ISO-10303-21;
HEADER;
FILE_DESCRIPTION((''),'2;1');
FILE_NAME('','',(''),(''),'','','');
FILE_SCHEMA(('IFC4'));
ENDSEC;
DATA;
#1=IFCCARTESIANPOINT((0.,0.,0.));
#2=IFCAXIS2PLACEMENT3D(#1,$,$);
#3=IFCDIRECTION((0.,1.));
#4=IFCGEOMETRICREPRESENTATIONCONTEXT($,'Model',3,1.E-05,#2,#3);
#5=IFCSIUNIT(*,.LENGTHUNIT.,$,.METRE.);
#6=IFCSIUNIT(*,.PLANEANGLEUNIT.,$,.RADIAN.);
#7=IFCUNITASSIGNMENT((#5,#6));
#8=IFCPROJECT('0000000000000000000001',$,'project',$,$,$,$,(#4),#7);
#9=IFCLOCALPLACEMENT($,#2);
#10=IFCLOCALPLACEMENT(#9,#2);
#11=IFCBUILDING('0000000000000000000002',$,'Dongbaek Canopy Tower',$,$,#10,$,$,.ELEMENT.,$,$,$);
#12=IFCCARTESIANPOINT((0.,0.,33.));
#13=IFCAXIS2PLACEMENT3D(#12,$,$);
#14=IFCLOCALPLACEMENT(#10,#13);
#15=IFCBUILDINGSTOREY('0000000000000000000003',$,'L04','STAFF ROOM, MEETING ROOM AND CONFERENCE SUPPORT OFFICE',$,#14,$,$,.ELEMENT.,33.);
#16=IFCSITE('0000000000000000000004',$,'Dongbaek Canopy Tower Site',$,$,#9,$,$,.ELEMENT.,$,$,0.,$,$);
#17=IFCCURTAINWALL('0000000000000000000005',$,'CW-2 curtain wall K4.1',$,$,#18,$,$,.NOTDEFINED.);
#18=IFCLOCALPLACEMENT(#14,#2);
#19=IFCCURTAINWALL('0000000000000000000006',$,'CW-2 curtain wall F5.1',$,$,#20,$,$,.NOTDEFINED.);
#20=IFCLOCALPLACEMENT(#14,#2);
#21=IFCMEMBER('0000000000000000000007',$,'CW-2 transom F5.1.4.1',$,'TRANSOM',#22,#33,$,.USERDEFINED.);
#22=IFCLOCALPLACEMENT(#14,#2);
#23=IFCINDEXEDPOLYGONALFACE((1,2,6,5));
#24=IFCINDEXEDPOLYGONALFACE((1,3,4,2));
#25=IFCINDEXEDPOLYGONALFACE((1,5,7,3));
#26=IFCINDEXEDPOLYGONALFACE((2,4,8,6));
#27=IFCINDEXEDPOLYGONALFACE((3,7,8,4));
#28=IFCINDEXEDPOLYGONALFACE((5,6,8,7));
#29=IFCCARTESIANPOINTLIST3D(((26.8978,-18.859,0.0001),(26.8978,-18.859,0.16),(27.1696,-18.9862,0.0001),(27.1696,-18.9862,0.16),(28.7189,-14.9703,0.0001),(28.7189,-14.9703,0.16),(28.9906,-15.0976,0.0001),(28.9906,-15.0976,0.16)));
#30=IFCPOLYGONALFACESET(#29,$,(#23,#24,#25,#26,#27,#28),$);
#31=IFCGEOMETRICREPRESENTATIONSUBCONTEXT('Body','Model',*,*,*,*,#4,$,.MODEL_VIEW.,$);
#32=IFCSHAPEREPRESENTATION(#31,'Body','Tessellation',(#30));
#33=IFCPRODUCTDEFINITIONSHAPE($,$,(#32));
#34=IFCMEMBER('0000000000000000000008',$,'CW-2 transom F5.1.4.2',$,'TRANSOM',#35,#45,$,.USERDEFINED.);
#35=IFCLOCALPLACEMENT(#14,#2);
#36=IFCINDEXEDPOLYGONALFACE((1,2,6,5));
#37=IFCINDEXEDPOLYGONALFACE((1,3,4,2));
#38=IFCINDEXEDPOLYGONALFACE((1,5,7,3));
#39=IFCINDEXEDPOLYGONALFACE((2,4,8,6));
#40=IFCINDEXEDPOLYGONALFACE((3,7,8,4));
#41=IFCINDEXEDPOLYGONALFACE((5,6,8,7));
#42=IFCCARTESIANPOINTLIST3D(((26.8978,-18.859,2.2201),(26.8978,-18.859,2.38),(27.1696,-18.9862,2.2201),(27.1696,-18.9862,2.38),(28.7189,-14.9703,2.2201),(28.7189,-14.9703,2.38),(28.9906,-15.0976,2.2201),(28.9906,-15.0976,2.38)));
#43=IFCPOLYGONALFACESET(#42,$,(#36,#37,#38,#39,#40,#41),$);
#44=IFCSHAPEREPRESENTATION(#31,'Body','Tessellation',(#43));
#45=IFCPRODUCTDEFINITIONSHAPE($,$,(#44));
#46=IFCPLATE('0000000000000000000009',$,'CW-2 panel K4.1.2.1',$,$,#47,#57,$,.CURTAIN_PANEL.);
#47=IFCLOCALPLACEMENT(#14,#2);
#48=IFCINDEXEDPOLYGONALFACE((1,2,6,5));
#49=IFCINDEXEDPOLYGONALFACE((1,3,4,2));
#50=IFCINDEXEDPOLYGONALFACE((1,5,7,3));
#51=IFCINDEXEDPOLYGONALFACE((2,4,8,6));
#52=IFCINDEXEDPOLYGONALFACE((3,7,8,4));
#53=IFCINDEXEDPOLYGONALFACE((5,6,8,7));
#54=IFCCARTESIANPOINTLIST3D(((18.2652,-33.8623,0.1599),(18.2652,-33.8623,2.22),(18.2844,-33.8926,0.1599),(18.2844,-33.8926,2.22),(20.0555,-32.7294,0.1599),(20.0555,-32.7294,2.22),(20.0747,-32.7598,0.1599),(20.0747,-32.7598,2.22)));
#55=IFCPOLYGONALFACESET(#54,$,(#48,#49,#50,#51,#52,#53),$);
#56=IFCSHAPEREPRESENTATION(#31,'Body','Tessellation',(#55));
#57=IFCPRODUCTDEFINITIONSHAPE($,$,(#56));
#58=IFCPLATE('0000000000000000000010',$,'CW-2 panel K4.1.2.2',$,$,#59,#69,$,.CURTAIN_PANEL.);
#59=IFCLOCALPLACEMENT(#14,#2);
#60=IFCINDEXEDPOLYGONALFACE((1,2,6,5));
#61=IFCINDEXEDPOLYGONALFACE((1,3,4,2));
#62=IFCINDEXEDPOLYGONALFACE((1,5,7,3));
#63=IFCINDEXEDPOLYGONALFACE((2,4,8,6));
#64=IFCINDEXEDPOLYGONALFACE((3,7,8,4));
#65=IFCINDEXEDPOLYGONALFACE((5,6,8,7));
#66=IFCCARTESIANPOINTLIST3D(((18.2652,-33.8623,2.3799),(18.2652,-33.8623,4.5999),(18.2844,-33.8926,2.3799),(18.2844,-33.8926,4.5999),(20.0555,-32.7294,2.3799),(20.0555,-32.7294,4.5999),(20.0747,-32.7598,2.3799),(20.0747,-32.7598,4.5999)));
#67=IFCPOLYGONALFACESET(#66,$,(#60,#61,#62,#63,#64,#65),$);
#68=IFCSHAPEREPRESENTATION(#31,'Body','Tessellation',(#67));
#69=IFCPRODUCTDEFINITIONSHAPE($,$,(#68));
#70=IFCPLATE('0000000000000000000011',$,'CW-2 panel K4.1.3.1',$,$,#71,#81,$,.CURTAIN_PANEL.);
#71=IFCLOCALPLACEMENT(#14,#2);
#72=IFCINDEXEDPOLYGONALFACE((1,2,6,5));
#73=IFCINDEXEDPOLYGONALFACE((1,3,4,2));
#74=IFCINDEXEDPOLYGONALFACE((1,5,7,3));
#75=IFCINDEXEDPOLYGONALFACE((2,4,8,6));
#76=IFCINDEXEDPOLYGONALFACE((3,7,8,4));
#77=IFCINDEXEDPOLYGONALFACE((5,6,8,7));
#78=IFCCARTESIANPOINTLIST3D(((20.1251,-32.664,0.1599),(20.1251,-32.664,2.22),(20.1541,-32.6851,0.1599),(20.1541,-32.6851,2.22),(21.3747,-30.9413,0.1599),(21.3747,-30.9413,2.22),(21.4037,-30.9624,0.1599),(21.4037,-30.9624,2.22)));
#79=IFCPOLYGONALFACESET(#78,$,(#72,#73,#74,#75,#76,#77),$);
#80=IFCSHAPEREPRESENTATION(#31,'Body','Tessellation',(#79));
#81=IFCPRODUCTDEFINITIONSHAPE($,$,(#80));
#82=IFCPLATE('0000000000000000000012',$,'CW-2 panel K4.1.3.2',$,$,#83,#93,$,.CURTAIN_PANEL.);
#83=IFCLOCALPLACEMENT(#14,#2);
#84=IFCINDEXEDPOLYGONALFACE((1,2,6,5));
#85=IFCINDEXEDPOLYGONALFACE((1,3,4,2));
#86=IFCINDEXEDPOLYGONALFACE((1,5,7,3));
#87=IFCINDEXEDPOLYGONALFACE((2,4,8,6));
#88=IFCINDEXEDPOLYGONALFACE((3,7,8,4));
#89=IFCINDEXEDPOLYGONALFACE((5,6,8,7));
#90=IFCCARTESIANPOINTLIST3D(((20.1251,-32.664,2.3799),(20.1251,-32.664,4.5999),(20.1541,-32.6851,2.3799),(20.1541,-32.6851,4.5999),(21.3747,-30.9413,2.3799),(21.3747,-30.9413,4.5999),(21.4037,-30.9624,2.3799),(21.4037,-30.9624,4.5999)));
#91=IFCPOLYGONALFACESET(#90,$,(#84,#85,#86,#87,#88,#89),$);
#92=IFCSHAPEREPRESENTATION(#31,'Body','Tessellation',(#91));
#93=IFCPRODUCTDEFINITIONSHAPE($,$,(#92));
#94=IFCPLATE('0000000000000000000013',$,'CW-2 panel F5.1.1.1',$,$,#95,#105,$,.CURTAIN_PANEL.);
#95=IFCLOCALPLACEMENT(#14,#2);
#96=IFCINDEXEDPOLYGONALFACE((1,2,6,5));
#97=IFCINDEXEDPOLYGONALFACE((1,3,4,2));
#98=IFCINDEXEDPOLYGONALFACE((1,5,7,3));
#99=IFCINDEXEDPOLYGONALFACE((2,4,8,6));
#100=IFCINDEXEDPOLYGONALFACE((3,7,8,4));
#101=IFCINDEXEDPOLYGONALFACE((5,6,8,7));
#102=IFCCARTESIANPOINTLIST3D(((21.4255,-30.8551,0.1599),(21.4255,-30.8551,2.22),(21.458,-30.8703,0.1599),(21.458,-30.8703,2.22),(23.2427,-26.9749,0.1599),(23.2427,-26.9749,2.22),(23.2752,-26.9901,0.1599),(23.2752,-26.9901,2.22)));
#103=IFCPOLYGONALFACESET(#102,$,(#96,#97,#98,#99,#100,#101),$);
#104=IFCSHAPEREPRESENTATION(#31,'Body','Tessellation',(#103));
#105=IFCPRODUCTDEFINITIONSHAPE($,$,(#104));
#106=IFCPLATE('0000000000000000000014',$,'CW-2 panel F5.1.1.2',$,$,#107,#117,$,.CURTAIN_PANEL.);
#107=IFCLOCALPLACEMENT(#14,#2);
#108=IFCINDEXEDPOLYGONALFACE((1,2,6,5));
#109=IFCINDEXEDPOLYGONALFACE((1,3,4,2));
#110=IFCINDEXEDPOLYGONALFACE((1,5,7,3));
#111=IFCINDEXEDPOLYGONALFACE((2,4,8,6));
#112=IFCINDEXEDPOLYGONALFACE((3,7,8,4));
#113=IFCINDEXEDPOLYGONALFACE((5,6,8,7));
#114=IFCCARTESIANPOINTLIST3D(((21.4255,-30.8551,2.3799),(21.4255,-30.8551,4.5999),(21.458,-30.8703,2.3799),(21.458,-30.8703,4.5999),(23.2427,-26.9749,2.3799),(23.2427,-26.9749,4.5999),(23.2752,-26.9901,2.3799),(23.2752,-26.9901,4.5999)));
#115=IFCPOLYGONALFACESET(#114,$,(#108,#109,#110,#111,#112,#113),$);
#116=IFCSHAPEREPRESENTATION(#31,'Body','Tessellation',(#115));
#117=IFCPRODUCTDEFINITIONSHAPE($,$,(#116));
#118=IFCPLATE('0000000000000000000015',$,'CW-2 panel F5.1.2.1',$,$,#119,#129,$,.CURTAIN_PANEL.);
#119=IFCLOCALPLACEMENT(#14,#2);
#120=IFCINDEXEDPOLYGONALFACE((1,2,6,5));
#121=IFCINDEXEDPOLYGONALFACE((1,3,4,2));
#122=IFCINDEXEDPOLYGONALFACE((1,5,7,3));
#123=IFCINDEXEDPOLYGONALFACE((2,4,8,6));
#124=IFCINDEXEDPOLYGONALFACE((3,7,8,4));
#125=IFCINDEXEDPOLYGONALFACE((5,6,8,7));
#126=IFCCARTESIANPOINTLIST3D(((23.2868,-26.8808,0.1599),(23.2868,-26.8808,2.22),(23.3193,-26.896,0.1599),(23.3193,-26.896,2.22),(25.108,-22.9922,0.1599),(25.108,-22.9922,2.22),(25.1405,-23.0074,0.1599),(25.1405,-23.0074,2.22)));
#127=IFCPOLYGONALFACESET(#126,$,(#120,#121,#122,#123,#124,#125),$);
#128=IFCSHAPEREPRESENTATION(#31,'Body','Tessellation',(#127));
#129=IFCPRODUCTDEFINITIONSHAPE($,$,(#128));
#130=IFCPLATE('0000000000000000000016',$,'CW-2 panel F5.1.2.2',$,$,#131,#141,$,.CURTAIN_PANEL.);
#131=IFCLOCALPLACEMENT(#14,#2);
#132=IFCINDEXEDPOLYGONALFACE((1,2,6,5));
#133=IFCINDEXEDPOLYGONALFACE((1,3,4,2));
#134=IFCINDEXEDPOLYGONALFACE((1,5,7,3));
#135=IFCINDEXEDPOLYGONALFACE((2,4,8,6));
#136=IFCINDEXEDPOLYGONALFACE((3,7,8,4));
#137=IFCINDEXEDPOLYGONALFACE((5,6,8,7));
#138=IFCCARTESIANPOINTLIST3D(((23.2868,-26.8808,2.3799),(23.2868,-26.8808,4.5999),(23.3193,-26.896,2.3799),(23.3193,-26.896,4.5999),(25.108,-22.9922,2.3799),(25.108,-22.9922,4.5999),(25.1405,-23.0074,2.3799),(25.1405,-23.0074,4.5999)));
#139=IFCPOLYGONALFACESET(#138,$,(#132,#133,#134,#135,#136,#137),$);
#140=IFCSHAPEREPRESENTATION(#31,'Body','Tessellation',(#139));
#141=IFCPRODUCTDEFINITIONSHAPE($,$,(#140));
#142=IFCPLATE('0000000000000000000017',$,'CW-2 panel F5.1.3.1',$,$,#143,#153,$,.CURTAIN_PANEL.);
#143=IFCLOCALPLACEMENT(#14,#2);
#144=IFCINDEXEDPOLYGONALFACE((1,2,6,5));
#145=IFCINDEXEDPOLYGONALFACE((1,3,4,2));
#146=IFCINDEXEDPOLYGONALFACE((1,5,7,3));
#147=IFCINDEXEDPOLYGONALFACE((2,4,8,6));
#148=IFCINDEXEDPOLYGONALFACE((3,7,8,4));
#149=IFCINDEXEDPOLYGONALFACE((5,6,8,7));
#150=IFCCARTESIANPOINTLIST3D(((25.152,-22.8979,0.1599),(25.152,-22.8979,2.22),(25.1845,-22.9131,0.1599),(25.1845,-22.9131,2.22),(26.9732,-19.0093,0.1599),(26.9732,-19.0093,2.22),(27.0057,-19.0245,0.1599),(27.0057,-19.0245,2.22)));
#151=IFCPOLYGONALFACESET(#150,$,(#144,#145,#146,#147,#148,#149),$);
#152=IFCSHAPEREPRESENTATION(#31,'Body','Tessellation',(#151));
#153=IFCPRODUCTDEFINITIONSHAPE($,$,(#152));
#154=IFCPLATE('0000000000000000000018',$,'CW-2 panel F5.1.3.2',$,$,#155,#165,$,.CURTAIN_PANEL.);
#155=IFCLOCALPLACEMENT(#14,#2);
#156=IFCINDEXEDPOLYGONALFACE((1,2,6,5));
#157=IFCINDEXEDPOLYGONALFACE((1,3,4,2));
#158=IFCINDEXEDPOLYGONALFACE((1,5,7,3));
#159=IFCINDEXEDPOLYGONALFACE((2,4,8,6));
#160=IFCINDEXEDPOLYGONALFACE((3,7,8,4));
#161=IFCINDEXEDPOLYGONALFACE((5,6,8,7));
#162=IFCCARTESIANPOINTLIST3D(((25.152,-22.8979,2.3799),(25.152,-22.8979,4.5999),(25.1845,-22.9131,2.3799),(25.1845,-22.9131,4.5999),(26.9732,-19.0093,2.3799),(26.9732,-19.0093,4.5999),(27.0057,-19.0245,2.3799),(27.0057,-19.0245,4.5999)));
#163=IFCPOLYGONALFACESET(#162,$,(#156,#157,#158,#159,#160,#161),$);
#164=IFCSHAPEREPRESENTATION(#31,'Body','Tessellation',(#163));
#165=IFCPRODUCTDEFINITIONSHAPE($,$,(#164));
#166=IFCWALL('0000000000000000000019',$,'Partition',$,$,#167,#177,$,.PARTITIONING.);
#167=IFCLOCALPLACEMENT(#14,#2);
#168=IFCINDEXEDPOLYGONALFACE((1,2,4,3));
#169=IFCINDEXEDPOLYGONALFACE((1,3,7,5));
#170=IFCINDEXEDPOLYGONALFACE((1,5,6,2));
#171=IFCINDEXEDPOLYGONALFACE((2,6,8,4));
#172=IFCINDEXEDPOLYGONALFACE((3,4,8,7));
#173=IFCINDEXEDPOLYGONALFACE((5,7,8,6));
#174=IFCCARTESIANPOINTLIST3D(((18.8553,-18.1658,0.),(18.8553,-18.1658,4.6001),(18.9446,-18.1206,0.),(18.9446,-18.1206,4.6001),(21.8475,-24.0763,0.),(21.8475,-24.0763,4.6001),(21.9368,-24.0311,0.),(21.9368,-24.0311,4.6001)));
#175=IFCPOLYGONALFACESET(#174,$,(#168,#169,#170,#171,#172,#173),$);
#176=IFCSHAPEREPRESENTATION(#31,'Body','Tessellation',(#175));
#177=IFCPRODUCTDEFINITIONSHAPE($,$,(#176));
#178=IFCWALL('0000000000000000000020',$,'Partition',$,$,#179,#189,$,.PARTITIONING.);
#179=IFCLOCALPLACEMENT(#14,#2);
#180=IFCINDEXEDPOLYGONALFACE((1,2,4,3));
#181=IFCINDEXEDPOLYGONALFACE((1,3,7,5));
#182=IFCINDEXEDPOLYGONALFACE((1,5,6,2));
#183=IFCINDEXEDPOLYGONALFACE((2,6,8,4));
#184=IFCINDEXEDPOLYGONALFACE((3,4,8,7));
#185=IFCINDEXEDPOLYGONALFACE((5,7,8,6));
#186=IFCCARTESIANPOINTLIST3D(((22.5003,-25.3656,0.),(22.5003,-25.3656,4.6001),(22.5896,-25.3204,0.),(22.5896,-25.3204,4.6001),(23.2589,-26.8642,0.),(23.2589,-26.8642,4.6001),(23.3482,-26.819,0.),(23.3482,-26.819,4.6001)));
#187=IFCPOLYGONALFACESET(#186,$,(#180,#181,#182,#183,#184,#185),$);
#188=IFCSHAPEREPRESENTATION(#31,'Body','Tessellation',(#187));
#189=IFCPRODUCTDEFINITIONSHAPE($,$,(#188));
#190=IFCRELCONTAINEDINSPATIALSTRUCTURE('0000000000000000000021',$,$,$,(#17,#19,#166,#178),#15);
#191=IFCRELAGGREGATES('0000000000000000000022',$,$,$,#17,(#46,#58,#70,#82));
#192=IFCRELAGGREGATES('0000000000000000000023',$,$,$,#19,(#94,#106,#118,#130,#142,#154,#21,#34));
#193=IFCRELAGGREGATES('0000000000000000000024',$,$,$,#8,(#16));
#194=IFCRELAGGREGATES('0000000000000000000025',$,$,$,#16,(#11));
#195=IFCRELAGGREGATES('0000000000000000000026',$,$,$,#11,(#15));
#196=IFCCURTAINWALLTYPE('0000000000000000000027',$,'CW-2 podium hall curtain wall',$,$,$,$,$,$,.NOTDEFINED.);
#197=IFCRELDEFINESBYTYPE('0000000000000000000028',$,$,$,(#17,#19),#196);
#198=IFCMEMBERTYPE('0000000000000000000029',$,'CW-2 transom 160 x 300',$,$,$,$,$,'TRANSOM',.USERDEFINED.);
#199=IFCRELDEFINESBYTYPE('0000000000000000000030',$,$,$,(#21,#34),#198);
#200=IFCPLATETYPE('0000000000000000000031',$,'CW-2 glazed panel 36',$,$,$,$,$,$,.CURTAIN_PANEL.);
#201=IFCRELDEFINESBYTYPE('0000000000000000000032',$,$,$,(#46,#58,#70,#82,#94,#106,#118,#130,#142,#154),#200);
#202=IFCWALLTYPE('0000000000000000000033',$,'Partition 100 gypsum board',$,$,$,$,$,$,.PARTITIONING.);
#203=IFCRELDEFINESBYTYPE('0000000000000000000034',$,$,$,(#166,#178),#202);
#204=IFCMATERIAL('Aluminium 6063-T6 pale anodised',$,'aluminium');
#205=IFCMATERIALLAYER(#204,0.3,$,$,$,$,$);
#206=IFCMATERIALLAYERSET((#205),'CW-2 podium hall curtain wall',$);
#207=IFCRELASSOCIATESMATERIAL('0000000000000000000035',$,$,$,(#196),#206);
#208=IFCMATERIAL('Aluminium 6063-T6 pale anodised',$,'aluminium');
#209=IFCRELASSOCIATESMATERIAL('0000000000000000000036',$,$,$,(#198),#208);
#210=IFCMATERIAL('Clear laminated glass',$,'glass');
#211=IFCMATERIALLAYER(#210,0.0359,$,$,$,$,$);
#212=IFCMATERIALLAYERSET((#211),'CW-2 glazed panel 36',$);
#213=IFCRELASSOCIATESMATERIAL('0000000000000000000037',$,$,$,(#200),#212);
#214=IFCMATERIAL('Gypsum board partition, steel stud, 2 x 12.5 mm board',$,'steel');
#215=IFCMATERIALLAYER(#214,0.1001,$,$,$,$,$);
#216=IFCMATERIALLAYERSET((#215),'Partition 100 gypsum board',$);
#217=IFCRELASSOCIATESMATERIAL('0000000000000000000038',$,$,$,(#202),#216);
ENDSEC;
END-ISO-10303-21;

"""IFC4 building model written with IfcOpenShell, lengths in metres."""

from ifc_helpers import new_model, si_unit, direction, frame, frame_2d, origin, origin_2d, place, context, subcontext, project, spatial, rectangle, extrude, material, layer, layer_set, material_profile, profile_set, type_object, element, aggregate, save


model = new_model("IFC4")

# Units and contexts
model_context = context("Model", 3, precision=1e-05, world=origin(), true_north=direction((0.0, 1.0)))
body_context = subcontext(model_context, "Body", "Model", "MODEL_VIEW")
ifc_project = project(units=[si_unit("LENGTHUNIT", "METRE"), si_unit("PLANEANGLEUNIT", "RADIAN")], contexts=[model_context])

# Site, building, storey
site_placement = place(None, origin())
site = spatial("IfcSite", under=ifc_project, at=site_placement, Name="Dongbaek Canopy Tower Site", CompositionType="ELEMENT", RefElevation=0.0)
building_placement = place(site_placement, origin())
building = spatial("IfcBuilding", under=site, at=building_placement, Name="Dongbaek Canopy Tower", CompositionType="ELEMENT")
storey_placement = place(building_placement, frame((0.0, 0.0, 33.0)))
storey = spatial("IfcBuildingStorey", under=building, at=storey_placement, Name="L04", Description="STAFF ROOM, MEETING ROOM AND CONFERENCE SUPPORT OFFICE", CompositionType="ELEMENT", Elevation=33.0)

# Curtain walls
ifc_material_1 = material(Name="Aluminium 6063-T6 pale anodised", Category="aluminium")
ifc_layer_1 = layer(ifc_material_1, 0.3)
ifc_layer_set_1 = layer_set([ifc_layer_1], Name="CW-2 podium hall curtain wall")
curtain_wall_type = type_object("IfcCurtainWallType", Name="CW-2 podium hall curtain wall", PredefinedType="NOTDEFINED", material=ifc_layer_set_1)
curtain_wall_1_placement = place(storey_placement, origin())
curtain_wall_1 = element("IfcCurtainWall", 1, at=curtain_wall_1_placement, inside=storey, type_object=curtain_wall_type, Name="CW-2 curtain wall K4.1", PredefinedType="NOTDEFINED")
curtain_wall_2_placement = place(storey_placement, origin())
curtain_wall_2 = element("IfcCurtainWall", 2, at=curtain_wall_2_placement, inside=storey, type_object=curtain_wall_type, Name="CW-2 curtain wall F5.1", PredefinedType="NOTDEFINED")

# Members
ifc_material_2 = material(Name="Aluminium 6063-T6 pale anodised", Category="aluminium")
ifc_material_profile_1 = material_profile(ifc_material_2, rectangle(XDim=0.3, YDim=0.1599, at=origin_2d()), Name="CW-2 transom 160 x 300")
ifc_profile_set_1 = profile_set([ifc_material_profile_1], Name="Aluminium 6063-T6 pale anodised")
member_type_1 = type_object("IfcMemberType", Name="CW-2 transom 160 x 300", ElementType="TRANSOM", PredefinedType="USERDEFINED", material=ifc_profile_set_1)
member_1_placement = place(storey_placement, frame((27.0337, -18.9226, 0.0801), z_axis=(0.424096, 0.905617, 0.0), x_axis=(-0.905617, 0.424096, 0.0)))
member_1 = element("IfcMember", 3, at=member_1_placement, type_object=member_type_1, Name="CW-2 transom F5.1.4.1", ObjectType="TRANSOM", PredefinedType="USERDEFINED", context=body_context, shape_type="SweptSolid", body=[
    extrude(rectangle(XDim=0.3, YDim=0.1599, at=origin_2d()), origin(), (0.0, 0.0, 1.0), 4.2939),
])
member_2_placement = place(storey_placement, frame((27.0337, -18.9226, 2.3), z_axis=(0.424096, 0.905617, 0.0), x_axis=(-0.905617, 0.424096, 0.0)))
member_2 = element("IfcMember", 4, at=member_2_placement, type_object=member_type_1, Name="CW-2 transom F5.1.4.2", ObjectType="TRANSOM", PredefinedType="USERDEFINED", context=body_context, shape_type="SweptSolid", body=[
    extrude(rectangle(XDim=0.3, YDim=0.1599, at=origin_2d()), origin(), (0.0, 0.0, 1.0), 4.2939),
])

# Plates
ifc_material_3 = material(Name="Clear laminated glass", Category="glass")
ifc_layer_2 = layer(ifc_material_3, 0.0359)
ifc_layer_set_2 = layer_set([ifc_layer_2], Name="CW-2 glazed panel 36")
plate_type = type_object("IfcPlateType", Name="CW-2 glazed panel 36", PredefinedType="CURTAIN_PANEL", material=ifc_layer_set_2)
plate_1_placement = place(storey_placement, frame((19.1699, -33.311, 0.1599), z_axis=(0.0, 0.0, 1.0), x_axis=(0.845033, 0.534713, 0.0)))
plate_1 = element("IfcPlate", 5, at=plate_1_placement, type_object=plate_type, Name="CW-2 panel K4.1.2.1", PredefinedType="CURTAIN_PANEL", context=body_context, shape_type="SweptSolid", body=[
    extrude(rectangle(XDim=2.1187, YDim=0.0359, at=origin_2d()), origin(), (0.0, 0.0, 1.0), 2.0601),
])
plate_2_placement = place(storey_placement, frame((19.1699, -33.311, 2.3799), z_axis=(0.0, 0.0, 1.0), x_axis=(0.845033, 0.534713, 0.0)))
plate_2 = element("IfcPlate", 6, at=plate_2_placement, type_object=plate_type, Name="CW-2 panel K4.1.2.2", PredefinedType="CURTAIN_PANEL", context=body_context, shape_type="SweptSolid", body=[
    extrude(rectangle(XDim=2.1187, YDim=0.0359, at=origin_2d()), origin(), (0.0, 0.0, 1.0), 2.22),
])
plate_3_placement = place(storey_placement, frame((20.7644, -31.8132, 0.1599), z_axis=(0.0, 0.0, 1.0), x_axis=(0.587154, 0.809475, 0.0)))
plate_3 = element("IfcPlate", 7, at=plate_3_placement, type_object=plate_type, Name="CW-2 panel K4.1.3.1", PredefinedType="CURTAIN_PANEL", context=body_context, shape_type="SweptSolid", body=[
    extrude(rectangle(XDim=2.1282, YDim=0.0359, at=origin_2d()), origin(), (0.0, 0.0, 1.0), 2.0601),
])
plate_4_placement = place(storey_placement, frame((20.7644, -31.8132, 2.3799), z_axis=(0.0, 0.0, 1.0), x_axis=(0.587154, 0.809475, 0.0)))
plate_4 = element("IfcPlate", 8, at=plate_4_placement, type_object=plate_type, Name="CW-2 panel K4.1.3.2", PredefinedType="CURTAIN_PANEL", context=body_context, shape_type="SweptSolid", body=[
    extrude(rectangle(XDim=2.1282, YDim=0.0359, at=origin_2d()), origin(), (0.0, 0.0, 1.0), 2.22),
])
aggregate(curtain_wall_1, [plate_1, plate_2, plate_3, plate_4])
plate_5_placement = place(storey_placement, frame((22.3503, -28.9226, 0.1599), z_axis=(0.0, 0.0, 1.0), x_axis=(0.424123, 0.905605, 0.0)))
plate_5 = element("IfcPlate", 9, at=plate_5_placement, type_object=plate_type, Name="CW-2 panel F5.1.1.1", PredefinedType="CURTAIN_PANEL", context=body_context, shape_type="SweptSolid", body=[
    extrude(rectangle(XDim=4.2847, YDim=0.0359, at=origin_2d()), origin(), (0.0, 0.0, 1.0), 2.0601),
])
plate_6_placement = place(storey_placement, frame((22.3503, -28.9226, 2.3799), z_axis=(0.0, 0.0, 1.0), x_axis=(0.424123, 0.905605, 0.0)))
plate_6 = element("IfcPlate", 10, at=plate_6_placement, type_object=plate_type, Name="CW-2 panel F5.1.1.2", PredefinedType="CURTAIN_PANEL", context=body_context, shape_type="SweptSolid", body=[
    extrude(rectangle(XDim=4.2847, YDim=0.0359, at=origin_2d()), origin(), (0.0, 0.0, 1.0), 2.22),
])
plate_7_placement = place(storey_placement, frame((24.2136, -24.9441, 0.1599), z_axis=(0.0, 0.0, 1.0), x_axis=(0.424123, 0.905605, 0.0)))
plate_7 = element("IfcPlate", 11, at=plate_7_placement, type_object=plate_type, Name="CW-2 panel F5.1.2.1", PredefinedType="CURTAIN_PANEL", context=body_context, shape_type="SweptSolid", body=[
    extrude(rectangle(XDim=4.2939, YDim=0.0359, at=origin_2d()), origin(), (0.0, 0.0, 1.0), 2.0601),
])
plate_8_placement = place(storey_placement, frame((24.2136, -24.9441, 2.3799), z_axis=(0.0, 0.0, 1.0), x_axis=(0.424123, 0.905605, 0.0)))
plate_8 = element("IfcPlate", 12, at=plate_8_placement, type_object=plate_type, Name="CW-2 panel F5.1.2.2", PredefinedType="CURTAIN_PANEL", context=body_context, shape_type="SweptSolid", body=[
    extrude(rectangle(XDim=4.2939, YDim=0.0359, at=origin_2d()), origin(), (0.0, 0.0, 1.0), 2.22),
])
plate_9_placement = place(storey_placement, frame((26.0789, -20.9612, 0.1599), z_axis=(0.0, 0.0, 1.0), x_axis=(0.424123, 0.905605, 0.0)))
plate_9 = element("IfcPlate", 13, at=plate_9_placement, type_object=plate_type, Name="CW-2 panel F5.1.3.1", PredefinedType="CURTAIN_PANEL", context=body_context, shape_type="SweptSolid", body=[
    extrude(rectangle(XDim=4.2939, YDim=0.0359, at=origin_2d()), origin(), (0.0, 0.0, 1.0), 2.0601),
])
plate_10_placement = place(storey_placement, frame((26.0789, -20.9612, 2.3799), z_axis=(0.0, 0.0, 1.0), x_axis=(0.424123, 0.905605, 0.0)))
plate_10 = element("IfcPlate", 14, at=plate_10_placement, type_object=plate_type, Name="CW-2 panel F5.1.3.2", PredefinedType="CURTAIN_PANEL", context=body_context, shape_type="SweptSolid", body=[
    extrude(rectangle(XDim=4.2939, YDim=0.0359, at=origin_2d()), origin(), (0.0, 0.0, 1.0), 2.22),
])
aggregate(curtain_wall_2, [plate_5, plate_6, plate_7, plate_8, plate_9, plate_10, member_1, member_2])

# Walls
ifc_material_4 = material(Name="Gypsum board partition, steel stud, 2 x 12.5 mm board", Category="steel")
ifc_layer_3 = layer(ifc_material_4, 0.1001)
ifc_layer_set_3 = layer_set([ifc_layer_3], Name="Partition 100 gypsum board")
wall_type = type_object("IfcWallType", Name="Partition 100 gypsum board", PredefinedType="PARTITIONING", material=ifc_layer_set_3)
wall_1_placement = place(storey_placement, frame((18.8999, -18.1431, 0.0), z_axis=(0.0, 0.0, 1.0), x_axis=(0.451675, -0.892183, 0.0)))
element("IfcWall", 15, at=wall_1_placement, inside=storey, type_object=wall_type, Name="Partition", PredefinedType="PARTITIONING", context=body_context, shape_type="SweptSolid", body=[
    extrude(rectangle(XDim=6.6248, YDim=0.1001, at=frame_2d((3.3125, 0.0))), origin(), (0.0, 0.0, 1.0), 4.6001),
])
wall_2_placement = place(storey_placement, frame((22.5449, -25.343, 0.0), z_axis=(0.0, 0.0, 1.0), x_axis=(0.451627, -0.892207, 0.0)))
element("IfcWall", 16, at=wall_2_placement, inside=storey, type_object=wall_type, Name="Partition", PredefinedType="PARTITIONING", context=body_context, shape_type="SweptSolid", body=[
    extrude(rectangle(XDim=1.6797, YDim=0.1001, at=frame_2d((0.8398, 0.0))), origin(), (0.0, 0.0, 1.0), 4.6001),
])

save(model, "model.ifc")
